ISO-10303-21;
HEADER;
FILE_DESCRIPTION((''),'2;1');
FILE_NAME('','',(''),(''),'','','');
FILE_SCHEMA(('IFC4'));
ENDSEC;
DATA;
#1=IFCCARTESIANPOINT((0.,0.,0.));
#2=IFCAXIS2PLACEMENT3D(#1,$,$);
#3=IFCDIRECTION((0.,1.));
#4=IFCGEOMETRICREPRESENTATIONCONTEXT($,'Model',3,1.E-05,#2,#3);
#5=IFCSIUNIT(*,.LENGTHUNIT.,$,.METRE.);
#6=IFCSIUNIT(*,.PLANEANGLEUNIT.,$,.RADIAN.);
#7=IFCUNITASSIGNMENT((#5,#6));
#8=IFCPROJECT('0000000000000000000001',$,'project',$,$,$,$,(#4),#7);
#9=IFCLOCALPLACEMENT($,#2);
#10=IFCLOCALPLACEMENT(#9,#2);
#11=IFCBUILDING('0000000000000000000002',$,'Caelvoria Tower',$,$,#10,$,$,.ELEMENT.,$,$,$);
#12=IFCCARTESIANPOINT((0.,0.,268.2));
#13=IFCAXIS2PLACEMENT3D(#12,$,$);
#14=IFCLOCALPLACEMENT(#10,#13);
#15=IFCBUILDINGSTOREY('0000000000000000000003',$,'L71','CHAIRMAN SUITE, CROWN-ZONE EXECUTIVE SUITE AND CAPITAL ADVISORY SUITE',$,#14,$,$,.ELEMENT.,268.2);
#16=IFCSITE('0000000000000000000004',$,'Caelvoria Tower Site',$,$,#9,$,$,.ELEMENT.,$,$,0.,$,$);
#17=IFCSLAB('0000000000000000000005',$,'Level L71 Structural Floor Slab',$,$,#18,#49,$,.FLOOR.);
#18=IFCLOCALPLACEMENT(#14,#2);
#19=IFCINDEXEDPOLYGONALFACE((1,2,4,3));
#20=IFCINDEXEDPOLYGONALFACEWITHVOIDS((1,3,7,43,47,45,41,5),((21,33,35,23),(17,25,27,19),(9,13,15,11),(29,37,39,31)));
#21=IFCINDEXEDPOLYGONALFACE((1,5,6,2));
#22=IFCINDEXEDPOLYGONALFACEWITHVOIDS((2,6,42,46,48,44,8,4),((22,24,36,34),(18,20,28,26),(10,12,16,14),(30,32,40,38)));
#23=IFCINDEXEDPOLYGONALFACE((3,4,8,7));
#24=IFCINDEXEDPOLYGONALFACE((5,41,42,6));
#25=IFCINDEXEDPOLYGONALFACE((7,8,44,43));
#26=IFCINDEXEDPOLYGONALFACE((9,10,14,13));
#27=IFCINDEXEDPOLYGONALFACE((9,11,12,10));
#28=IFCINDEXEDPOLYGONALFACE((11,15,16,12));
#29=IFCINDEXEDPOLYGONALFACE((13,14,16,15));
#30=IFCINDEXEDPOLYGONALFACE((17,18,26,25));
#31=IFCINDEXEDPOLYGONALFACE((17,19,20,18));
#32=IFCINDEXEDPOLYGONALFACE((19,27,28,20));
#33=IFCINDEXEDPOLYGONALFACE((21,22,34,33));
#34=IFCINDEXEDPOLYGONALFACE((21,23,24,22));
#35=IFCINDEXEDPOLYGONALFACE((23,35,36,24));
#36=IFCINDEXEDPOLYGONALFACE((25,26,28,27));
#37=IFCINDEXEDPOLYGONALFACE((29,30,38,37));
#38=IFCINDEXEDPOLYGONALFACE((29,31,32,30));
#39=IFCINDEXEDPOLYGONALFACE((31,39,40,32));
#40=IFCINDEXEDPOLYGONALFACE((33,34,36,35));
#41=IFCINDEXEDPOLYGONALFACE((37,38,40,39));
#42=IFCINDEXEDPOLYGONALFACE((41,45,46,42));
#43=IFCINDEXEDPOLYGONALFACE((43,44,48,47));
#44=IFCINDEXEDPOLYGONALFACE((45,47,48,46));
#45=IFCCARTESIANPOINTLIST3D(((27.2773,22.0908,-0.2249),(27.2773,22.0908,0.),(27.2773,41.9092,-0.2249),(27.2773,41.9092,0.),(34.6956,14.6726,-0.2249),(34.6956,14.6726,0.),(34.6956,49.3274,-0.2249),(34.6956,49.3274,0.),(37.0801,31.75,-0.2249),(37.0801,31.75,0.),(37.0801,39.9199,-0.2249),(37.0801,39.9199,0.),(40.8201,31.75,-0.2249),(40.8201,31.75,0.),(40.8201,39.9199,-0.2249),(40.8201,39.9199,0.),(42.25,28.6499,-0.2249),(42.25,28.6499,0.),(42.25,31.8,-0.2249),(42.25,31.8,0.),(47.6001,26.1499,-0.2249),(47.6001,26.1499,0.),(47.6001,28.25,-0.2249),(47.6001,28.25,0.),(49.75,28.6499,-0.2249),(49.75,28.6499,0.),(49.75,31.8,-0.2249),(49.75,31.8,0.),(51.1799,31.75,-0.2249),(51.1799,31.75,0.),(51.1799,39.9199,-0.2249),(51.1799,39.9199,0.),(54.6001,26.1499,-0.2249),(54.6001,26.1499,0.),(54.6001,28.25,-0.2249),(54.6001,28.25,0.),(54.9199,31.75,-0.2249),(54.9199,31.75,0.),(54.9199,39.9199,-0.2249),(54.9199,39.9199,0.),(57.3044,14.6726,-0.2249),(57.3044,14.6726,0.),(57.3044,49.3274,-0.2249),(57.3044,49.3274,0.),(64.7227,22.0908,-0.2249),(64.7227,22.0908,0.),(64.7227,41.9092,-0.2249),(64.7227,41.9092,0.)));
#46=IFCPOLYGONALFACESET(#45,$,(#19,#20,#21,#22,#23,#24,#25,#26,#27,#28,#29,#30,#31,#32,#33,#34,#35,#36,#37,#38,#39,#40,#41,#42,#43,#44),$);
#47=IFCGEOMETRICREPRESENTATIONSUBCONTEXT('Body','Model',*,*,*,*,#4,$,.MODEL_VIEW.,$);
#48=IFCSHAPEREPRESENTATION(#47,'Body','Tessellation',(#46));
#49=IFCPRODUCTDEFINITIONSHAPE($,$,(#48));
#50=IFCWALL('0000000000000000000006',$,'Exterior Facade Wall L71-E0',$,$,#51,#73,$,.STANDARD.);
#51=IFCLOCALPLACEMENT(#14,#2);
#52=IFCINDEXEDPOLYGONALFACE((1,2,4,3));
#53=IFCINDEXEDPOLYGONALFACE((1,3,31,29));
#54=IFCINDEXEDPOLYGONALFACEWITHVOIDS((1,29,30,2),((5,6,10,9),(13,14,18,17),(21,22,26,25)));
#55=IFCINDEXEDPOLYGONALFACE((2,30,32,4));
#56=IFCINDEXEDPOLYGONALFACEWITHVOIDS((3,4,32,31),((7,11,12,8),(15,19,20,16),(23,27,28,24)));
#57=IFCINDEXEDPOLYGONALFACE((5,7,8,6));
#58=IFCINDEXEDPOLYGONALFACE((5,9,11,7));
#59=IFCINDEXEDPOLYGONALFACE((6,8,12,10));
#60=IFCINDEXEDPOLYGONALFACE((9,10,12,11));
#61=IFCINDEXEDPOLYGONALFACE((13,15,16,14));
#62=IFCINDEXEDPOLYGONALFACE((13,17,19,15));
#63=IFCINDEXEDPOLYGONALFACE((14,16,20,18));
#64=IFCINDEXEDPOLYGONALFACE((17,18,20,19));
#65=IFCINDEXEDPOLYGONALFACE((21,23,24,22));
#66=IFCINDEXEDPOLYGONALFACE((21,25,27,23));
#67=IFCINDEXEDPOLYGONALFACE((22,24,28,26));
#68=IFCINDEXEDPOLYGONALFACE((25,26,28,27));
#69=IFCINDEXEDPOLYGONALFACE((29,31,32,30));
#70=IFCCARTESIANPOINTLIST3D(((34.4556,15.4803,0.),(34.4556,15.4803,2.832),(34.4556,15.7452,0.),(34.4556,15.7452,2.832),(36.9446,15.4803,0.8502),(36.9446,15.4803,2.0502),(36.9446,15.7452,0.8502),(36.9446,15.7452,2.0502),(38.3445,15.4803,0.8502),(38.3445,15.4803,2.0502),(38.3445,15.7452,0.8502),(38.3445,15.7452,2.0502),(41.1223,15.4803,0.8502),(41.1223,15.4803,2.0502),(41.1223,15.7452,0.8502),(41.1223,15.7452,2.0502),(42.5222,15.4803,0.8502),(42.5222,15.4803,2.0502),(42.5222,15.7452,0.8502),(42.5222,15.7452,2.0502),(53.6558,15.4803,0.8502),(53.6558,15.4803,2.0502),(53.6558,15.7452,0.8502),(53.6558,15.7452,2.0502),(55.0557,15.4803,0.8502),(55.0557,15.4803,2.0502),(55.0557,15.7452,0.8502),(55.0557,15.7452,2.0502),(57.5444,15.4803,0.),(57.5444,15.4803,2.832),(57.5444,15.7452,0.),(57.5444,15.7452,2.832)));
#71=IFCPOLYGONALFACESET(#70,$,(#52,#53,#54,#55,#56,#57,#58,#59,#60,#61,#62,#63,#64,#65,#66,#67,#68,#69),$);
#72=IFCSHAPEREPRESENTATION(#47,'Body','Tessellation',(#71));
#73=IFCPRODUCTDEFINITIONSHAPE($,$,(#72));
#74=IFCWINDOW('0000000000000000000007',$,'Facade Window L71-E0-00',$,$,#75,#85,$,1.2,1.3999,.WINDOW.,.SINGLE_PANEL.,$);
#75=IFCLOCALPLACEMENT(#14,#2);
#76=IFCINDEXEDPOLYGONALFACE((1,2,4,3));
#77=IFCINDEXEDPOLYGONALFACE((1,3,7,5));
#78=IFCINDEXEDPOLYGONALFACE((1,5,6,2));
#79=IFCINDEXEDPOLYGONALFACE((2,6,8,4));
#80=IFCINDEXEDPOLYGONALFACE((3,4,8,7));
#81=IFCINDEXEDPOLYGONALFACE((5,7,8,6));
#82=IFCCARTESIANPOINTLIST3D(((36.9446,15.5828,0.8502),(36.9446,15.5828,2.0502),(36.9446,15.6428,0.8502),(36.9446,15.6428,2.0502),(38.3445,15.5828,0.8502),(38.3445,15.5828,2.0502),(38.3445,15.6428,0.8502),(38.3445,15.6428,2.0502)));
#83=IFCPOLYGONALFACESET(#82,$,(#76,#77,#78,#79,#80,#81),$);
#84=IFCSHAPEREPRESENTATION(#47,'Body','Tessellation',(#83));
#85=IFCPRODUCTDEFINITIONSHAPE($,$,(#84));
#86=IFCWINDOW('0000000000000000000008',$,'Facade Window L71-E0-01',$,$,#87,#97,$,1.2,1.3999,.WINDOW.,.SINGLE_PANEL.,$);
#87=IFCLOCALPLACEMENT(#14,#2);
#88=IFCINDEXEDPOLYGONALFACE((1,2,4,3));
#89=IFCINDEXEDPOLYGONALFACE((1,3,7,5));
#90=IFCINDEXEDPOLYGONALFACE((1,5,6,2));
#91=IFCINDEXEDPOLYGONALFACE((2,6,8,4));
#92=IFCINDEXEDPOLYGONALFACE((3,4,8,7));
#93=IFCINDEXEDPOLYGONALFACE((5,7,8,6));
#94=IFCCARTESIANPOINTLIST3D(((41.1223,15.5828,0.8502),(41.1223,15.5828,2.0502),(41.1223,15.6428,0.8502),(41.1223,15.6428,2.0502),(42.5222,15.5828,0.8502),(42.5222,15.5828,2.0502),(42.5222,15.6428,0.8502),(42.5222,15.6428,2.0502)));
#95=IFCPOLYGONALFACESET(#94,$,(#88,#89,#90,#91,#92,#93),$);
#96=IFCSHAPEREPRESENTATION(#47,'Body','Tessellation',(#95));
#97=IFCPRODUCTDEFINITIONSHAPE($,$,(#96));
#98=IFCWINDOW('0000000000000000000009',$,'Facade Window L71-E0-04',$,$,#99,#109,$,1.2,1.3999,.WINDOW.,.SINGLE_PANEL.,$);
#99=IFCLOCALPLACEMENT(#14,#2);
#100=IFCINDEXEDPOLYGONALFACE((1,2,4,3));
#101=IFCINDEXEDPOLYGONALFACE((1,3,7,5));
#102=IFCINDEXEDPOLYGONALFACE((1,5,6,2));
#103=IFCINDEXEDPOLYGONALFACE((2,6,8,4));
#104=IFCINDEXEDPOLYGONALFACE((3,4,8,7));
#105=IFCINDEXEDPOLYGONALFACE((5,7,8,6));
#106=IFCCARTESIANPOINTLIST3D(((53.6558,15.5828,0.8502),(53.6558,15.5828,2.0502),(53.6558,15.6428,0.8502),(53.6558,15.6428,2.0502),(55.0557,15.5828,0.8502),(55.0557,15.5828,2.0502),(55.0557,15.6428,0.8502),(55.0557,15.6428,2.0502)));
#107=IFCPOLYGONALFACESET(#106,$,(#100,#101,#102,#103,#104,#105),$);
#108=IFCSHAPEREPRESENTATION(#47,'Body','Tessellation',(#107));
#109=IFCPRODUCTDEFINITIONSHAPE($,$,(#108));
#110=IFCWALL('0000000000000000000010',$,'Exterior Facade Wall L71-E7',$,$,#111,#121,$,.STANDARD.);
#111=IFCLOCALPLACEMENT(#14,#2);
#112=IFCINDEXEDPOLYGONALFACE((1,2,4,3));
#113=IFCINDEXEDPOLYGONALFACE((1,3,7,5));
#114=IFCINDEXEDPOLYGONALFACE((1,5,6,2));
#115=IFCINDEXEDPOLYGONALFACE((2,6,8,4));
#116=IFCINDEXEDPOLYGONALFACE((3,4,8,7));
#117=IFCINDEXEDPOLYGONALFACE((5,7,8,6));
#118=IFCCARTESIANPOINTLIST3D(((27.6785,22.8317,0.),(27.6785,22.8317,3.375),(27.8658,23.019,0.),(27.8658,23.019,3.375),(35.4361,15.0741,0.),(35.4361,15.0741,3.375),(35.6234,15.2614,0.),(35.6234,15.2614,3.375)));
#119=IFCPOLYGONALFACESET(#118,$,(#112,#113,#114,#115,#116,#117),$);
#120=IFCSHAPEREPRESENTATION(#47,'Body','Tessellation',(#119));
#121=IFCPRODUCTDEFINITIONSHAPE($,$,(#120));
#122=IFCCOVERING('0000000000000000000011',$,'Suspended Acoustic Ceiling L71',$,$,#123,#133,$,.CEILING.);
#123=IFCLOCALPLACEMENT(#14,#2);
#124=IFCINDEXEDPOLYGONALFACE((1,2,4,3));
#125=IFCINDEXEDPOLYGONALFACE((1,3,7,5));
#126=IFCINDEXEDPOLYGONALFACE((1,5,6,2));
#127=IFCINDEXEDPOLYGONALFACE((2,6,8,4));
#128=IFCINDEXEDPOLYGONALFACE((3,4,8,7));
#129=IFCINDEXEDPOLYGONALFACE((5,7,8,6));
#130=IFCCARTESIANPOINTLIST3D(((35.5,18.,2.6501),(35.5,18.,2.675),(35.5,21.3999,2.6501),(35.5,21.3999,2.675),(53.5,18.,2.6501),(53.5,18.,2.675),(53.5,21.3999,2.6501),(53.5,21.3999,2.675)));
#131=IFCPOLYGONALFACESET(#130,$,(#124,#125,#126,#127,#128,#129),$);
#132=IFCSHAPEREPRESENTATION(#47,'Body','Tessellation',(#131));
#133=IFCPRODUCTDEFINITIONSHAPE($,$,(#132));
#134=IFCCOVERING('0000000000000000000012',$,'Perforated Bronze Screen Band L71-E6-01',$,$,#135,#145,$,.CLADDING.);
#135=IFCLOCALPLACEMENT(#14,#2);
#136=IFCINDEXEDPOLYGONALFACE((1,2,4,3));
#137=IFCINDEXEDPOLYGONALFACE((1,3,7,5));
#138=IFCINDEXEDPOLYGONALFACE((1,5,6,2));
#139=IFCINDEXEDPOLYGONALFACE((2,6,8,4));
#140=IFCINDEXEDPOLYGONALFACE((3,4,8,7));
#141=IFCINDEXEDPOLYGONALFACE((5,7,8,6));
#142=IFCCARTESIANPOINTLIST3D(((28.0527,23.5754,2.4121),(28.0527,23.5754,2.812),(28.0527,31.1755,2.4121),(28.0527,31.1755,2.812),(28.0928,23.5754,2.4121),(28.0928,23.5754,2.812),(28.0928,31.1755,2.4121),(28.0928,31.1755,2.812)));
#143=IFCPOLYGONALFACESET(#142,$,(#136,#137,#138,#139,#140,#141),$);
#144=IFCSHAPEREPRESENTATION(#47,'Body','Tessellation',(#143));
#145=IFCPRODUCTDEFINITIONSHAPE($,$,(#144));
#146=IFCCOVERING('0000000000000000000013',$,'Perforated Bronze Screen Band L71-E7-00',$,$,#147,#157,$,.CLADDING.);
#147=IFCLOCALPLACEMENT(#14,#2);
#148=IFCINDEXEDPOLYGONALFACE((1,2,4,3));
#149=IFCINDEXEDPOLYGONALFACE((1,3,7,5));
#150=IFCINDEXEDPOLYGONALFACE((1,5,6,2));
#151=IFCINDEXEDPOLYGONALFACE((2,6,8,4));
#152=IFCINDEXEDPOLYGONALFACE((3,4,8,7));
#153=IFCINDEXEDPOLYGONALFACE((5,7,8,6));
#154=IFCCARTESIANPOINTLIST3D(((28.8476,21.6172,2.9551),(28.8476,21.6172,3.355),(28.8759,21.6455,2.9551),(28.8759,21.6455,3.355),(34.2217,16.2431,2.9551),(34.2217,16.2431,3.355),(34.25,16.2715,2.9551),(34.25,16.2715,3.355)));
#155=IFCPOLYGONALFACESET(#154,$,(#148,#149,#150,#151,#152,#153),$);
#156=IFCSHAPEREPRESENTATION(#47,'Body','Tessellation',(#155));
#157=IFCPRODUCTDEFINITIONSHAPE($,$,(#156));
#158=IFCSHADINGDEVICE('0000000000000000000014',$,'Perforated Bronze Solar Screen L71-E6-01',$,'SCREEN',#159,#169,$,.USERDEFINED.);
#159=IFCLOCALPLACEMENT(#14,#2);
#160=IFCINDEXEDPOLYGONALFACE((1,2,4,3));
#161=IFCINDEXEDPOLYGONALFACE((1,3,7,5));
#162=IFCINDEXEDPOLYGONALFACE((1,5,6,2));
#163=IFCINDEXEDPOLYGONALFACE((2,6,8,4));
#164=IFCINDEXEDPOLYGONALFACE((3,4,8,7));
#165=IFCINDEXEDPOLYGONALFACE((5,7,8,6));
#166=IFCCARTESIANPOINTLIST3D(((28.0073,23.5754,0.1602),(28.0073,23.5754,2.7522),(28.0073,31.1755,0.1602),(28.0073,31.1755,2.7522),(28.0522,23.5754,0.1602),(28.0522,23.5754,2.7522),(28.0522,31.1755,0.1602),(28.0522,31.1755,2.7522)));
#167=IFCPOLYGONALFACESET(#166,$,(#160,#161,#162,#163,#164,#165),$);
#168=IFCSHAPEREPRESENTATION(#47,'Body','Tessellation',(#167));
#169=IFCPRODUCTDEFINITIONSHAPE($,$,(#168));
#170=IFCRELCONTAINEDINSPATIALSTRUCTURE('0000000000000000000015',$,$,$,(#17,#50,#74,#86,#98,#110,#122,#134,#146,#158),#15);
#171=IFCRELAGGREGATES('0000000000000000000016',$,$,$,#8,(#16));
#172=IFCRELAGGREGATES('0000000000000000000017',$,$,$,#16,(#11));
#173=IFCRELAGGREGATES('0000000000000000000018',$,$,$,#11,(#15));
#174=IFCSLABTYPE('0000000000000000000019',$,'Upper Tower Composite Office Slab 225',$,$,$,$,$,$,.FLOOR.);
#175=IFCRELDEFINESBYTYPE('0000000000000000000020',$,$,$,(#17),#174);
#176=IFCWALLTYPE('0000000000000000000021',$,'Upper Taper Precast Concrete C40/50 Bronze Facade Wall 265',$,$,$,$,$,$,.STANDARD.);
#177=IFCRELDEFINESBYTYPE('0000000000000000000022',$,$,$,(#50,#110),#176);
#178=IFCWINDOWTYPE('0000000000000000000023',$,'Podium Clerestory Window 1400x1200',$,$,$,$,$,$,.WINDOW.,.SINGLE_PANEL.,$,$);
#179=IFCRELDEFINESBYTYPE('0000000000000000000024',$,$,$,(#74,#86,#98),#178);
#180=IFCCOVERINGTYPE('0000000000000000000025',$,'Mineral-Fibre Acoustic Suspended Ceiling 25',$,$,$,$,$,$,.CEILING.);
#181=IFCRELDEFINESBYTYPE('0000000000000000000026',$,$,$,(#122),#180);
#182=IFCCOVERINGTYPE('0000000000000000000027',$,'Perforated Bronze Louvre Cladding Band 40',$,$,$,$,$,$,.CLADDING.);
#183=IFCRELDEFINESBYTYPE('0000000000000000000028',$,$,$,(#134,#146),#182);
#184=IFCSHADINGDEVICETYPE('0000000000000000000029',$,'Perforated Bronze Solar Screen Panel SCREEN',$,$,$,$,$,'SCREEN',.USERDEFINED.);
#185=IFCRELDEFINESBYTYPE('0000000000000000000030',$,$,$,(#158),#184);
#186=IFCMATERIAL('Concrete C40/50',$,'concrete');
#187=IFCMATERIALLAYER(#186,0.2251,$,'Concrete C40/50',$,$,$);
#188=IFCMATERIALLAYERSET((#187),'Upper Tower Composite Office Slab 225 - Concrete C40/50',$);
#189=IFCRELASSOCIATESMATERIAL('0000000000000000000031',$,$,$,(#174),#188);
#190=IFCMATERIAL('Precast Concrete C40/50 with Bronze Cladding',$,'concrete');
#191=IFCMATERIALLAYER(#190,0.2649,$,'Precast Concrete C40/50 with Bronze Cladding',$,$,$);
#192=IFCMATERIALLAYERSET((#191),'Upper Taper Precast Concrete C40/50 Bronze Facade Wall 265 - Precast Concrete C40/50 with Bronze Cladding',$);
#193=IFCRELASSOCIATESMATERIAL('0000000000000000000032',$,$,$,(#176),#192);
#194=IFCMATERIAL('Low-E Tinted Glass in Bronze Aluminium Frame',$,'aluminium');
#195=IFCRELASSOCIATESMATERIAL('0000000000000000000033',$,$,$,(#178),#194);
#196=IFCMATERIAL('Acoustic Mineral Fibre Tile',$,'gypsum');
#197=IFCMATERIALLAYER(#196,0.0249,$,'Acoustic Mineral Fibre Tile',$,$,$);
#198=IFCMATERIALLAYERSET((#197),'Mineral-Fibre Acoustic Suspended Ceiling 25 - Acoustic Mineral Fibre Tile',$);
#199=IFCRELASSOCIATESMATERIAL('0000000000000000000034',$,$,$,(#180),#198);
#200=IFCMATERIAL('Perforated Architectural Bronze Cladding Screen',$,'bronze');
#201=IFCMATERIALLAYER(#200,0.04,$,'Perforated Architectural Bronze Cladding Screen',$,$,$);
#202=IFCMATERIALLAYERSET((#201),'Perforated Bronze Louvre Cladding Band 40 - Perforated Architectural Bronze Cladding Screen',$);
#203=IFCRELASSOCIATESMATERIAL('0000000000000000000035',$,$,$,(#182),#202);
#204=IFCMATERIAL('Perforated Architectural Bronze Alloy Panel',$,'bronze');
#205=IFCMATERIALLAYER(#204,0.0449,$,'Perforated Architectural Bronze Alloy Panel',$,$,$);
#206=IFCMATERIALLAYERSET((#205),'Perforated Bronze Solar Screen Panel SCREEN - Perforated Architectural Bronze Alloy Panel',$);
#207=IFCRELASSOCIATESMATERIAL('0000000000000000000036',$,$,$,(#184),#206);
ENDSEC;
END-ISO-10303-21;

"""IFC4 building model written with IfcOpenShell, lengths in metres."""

from ifc_helpers import new_model, si_unit, direction, frame, frame_2d, origin, origin_2d, place, context, subcontext, project, spatial, polyline, rectangle, outline, extrude, material, layer, layer_set, type_object, element, fill, save


model = new_model("IFC4")

# Units and contexts
model_context = context("Model", 3, precision=1e-05, world=origin(), true_north=direction((0.0, 1.0)))
body_context = subcontext(model_context, "Body", "Model", "MODEL_VIEW")
ifc_project = project(units=[si_unit("LENGTHUNIT", "METRE"), si_unit("PLANEANGLEUNIT", "RADIAN")], contexts=[model_context])

# Site, building, storey
site_placement = place(None, origin())
site = spatial("IfcSite", under=ifc_project, at=site_placement, Name="Caelvoria Tower Site", CompositionType="ELEMENT", RefElevation=0.0)
building_placement = place(site_placement, origin())
building = spatial("IfcBuilding", under=site, at=building_placement, Name="Caelvoria Tower", CompositionType="ELEMENT")
storey_placement = place(building_placement, frame((0.0, 0.0, 268.2)))
storey = spatial("IfcBuildingStorey", under=building, at=storey_placement, Name="L71", Description="CHAIRMAN SUITE, CROWN-ZONE EXECUTIVE SUITE AND CAPITAL ADVISORY SUITE", CompositionType="ELEMENT", Elevation=268.2)

# Shared definitions
ifc_material_1 = material(Name="Concrete C40/50", Category="concrete")

# Slab
ifc_layer_1 = layer(ifc_material_1, 0.2251, Name="Concrete C40/50")
ifc_layer_set_1 = layer_set([ifc_layer_1], Name="Upper Tower Composite Office Slab 225 - Concrete C40/50")
slab_type_1 = type_object("IfcSlabType", Name="Upper Tower Composite Office Slab 225", PredefinedType="FLOOR", material=ifc_layer_set_1)
slab_1_placement = place(storey_placement, frame((0.0, 0.0, -0.2249)))
element("IfcSlab", 1, at=slab_1_placement, inside=storey, type_object=slab_type_1, Name="Level L71 Structural Floor Slab", PredefinedType="FLOOR", context=body_context, shape_type="SweptSolid", body=[
    extrude(outline(polyline([(34.6956, 14.6726), (57.3044, 14.6726), (64.7227, 22.0908), (64.7227, 41.9092), (57.3044, 49.3274), (34.6956, 49.3274), (27.2773, 41.9092), (27.2773, 22.0908), (34.6956, 14.6726)]), holes=[polyline([(37.0801, 31.75), (40.8201, 31.75), (40.8201, 39.9199), (37.0801, 39.9199), (37.0801, 31.75)]), polyline([(51.1799, 31.75), (54.9199, 31.75), (54.9199, 39.9199), (51.1799, 39.9199), (51.1799, 31.75)]), polyline([(42.25, 28.6499), (49.75, 28.6499), (49.75, 31.8), (42.25, 31.8), (42.25, 28.6499)]), polyline([(47.6001, 26.1499), (54.6001, 26.1499), (54.6001, 28.25), (47.6001, 28.25), (47.6001, 26.1499)])]), origin(), (0.0, 0.0, 1.0), 0.2249),
])

# Wall, openings, windows
ifc_material_2 = material(Name="Precast Concrete C40/50 with Bronze Cladding", Category="concrete")
ifc_layer_2 = layer(ifc_material_2, 0.2649, Name="Precast Concrete C40/50 with Bronze Cladding")
ifc_layer_set_2 = layer_set([ifc_layer_2], Name="Upper Taper Precast Concrete C40/50 Bronze Facade Wall 265 - Precast Concrete C40/50 with Bronze Cladding")
wall_type = type_object("IfcWallType", Name="Upper Taper Precast Concrete C40/50 Bronze Facade Wall 265", PredefinedType="STANDARD", material=ifc_layer_set_2)
wall_1_placement = place(storey_placement, frame((34.4556, 15.6128, 0.0), z_axis=(0.0, 0.0, 1.0), x_axis=(1.0, 0.0, 0.0)))
wall_1 = element("IfcWall", 2, at=wall_1_placement, inside=storey, type_object=wall_type, Name="Exterior Facade Wall L71-E0", PredefinedType="STANDARD", context=body_context, shape_type="SweptSolid", body=[
    extrude(rectangle(XDim=23.0889, YDim=0.2649, at=frame_2d((11.5444, 0.0))), origin(), (0.0, 0.0, 1.0), 2.832),
])
opening_1_placement = place(wall_1_placement, frame((2.489, 0.0, 0.8501)))
opening_1 = element("IfcOpeningElement", 3, at=opening_1_placement, cuts=wall_1, PredefinedType="OPENING", context=body_context, shape_type="SweptSolid", body=[
    extrude(rectangle(XDim=1.3999, YDim=1.2, at=frame_2d((0.7, 0.6001))), frame((0.0, 0.1423, 0.0), z_axis=(0.0, -1.0, 0.0), x_axis=(1.0, 0.0, 0.0)), (0.0, 0.0, 1.0), 0.2849),
])
opening_2_placement = place(wall_1_placement, frame((6.6667, 0.0, 0.8501)))
opening_2 = element("IfcOpeningElement", 4, at=opening_2_placement, cuts=wall_1, PredefinedType="OPENING", context=body_context, shape_type="SweptSolid", body=[
    extrude(rectangle(XDim=1.3999, YDim=1.2, at=frame_2d((0.7, 0.6001))), frame((0.0, 0.1423, 0.0), z_axis=(0.0, -1.0, 0.0), x_axis=(1.0, 0.0, 0.0)), (0.0, 0.0, 1.0), 0.2849),
])
opening_3_placement = place(wall_1_placement, frame((19.2002, 0.0, 0.8501)))
opening_3 = element("IfcOpeningElement", 5, at=opening_3_placement, cuts=wall_1, PredefinedType="OPENING", context=body_context, shape_type="SweptSolid", body=[
    extrude(rectangle(XDim=1.3999, YDim=1.2, at=frame_2d((0.7, 0.6001))), frame((0.0, 0.1423, 0.0), z_axis=(0.0, -1.0, 0.0), x_axis=(1.0, 0.0, 0.0)), (0.0, 0.0, 1.0), 0.2849),
])
ifc_material_3 = material(Name="Low-E Tinted Glass in Bronze Aluminium Frame", Category="aluminium")
window_type = type_object("IfcWindowType", Name="Podium Clerestory Window 1400x1200", PartitioningType="SINGLE_PANEL", PredefinedType="WINDOW", material=ifc_material_3)
window_1_placement = place(opening_1_placement, origin())
window_1 = element("IfcWindow", 6, at=window_1_placement, inside=storey, type_object=window_type, Name="Facade Window L71-E0-00", OverallHeight=1.2, OverallWidth=1.3999, PartitioningType="SINGLE_PANEL", PredefinedType="WINDOW", context=body_context, shape_type="SweptSolid", body=[
    extrude(rectangle(XDim=1.3999, YDim=1.2, at=frame_2d((0.7, 0.6001))), frame((0.0, 0.03, 0.0), z_axis=(0.0, -1.0, 0.0), x_axis=(1.0, 0.0, 0.0)), (0.0, 0.0, 1.0), 0.0601),
])
fill(opening_1, window_1)
window_2_placement = place(opening_2_placement, origin())
window_2 = element("IfcWindow", 7, at=window_2_placement, inside=storey, type_object=window_type, Name="Facade Window L71-E0-01", OverallHeight=1.2, OverallWidth=1.3999, PartitioningType="SINGLE_PANEL", PredefinedType="WINDOW", context=body_context, shape_type="SweptSolid", body=[
    extrude(rectangle(XDim=1.3999, YDim=1.2, at=frame_2d((0.7, 0.6001))), frame((0.0, 0.03, 0.0), z_axis=(0.0, -1.0, 0.0), x_axis=(1.0, 0.0, 0.0)), (0.0, 0.0, 1.0), 0.0601),
])
fill(opening_2, window_2)
window_3_placement = place(opening_3_placement, origin())
window_3 = element("IfcWindow", 8, at=window_3_placement, inside=storey, type_object=window_type, Name="Facade Window L71-E0-04", OverallHeight=1.2, OverallWidth=1.3999, PartitioningType="SINGLE_PANEL", PredefinedType="WINDOW", context=body_context, shape_type="SweptSolid", body=[
    extrude(rectangle(XDim=1.3999, YDim=1.2, at=frame_2d((0.7, 0.6001))), frame((0.0, 0.03, 0.0), z_axis=(0.0, -1.0, 0.0), x_axis=(1.0, 0.0, 0.0)), (0.0, 0.0, 1.0), 0.0601),
])
fill(opening_3, window_3)

# Wall
wall_2_placement = place(storey_placement, frame((27.7722, 22.9253, 0.0), z_axis=(0.0, 0.0, 1.0), x_axis=(0.707107, -0.707107, 0.0)))
element("IfcWall", 9, at=wall_2_placement, inside=storey, type_object=wall_type, Name="Exterior Facade Wall L71-E7", PredefinedType="STANDARD", context=body_context, shape_type="SweptSolid", body=[
    extrude(rectangle(XDim=10.9709, YDim=0.2649, at=frame_2d((5.4854, 0.0))), origin(), (0.0, 0.0, 1.0), 3.375),
])

# Coverings
ifc_material_4 = material(Name="Acoustic Mineral Fibre Tile", Category="gypsum")
ifc_layer_3 = layer(ifc_material_4, 0.0249, Name="Acoustic Mineral Fibre Tile")
ifc_layer_set_3 = layer_set([ifc_layer_3], Name="Mineral-Fibre Acoustic Suspended Ceiling 25 - Acoustic Mineral Fibre Tile")
covering_type_1 = type_object("IfcCoveringType", Name="Mineral-Fibre Acoustic Suspended Ceiling 25", PredefinedType="CEILING", material=ifc_layer_set_3)
covering_1_placement = place(storey_placement, frame((0.0, 0.0, 2.6501)))
element("IfcCovering", 10, at=covering_1_placement, inside=storey, type_object=covering_type_1, Name="Suspended Acoustic Ceiling L71", PredefinedType="CEILING", context=body_context, shape_type="SweptSolid", body=[
    extrude(outline(polyline([(35.5, 18.0), (53.5, 18.0), (53.5, 21.3999), (35.5, 21.3999), (35.5, 18.0)])), origin(), (0.0, 0.0, 1.0), 0.0249),
])
ifc_material_5 = material(Name="Perforated Architectural Bronze Cladding Screen", Category="bronze")
ifc_layer_4 = layer(ifc_material_5, 0.04, Name="Perforated Architectural Bronze Cladding Screen")
ifc_layer_set_4 = layer_set([ifc_layer_4], Name="Perforated Bronze Louvre Cladding Band 40 - Perforated Architectural Bronze Cladding Screen")
covering_type_2 = type_object("IfcCoveringType", Name="Perforated Bronze Louvre Cladding Band 40", PredefinedType="CLADDING", material=ifc_layer_set_4)
for number, where, z_axis, x_axis, name in (
    (11, (28.0728, 27.3755, 2.4121), (0.0, 0.0, 1.0), (0.0, -1.0, 0.0), "Perforated Bronze Screen Band L71-E6-01"),
    (12, (31.5488, 18.9443, 2.9551), (0.0, 0.0, 1.0), (0.707107, -0.707107, 0.0), "Perforated Bronze Screen Band L71-E7-00"),
):
    element("IfcCovering", number, at=place(storey_placement, frame(where, z_axis=z_axis, x_axis=x_axis)), inside=storey, type_object=covering_type_2, Name=name, PredefinedType="CLADDING", context=body_context, shape_type="SweptSolid", body=[
        extrude(rectangle(XDim=7.6001, YDim=0.04, at=origin_2d()), origin(), (0.0, 0.0, 1.0), 0.3999),
    ])

# Shading device
ifc_material_6 = material(Name="Perforated Architectural Bronze Alloy Panel", Category="bronze")
ifc_layer_5 = layer(ifc_material_6, 0.0449, Name="Perforated Architectural Bronze Alloy Panel")
ifc_layer_set_5 = layer_set([ifc_layer_5], Name="Perforated Bronze Solar Screen Panel SCREEN - Perforated Architectural Bronze Alloy Panel")
shading_device_type = type_object("IfcShadingDeviceType", Name="Perforated Bronze Solar Screen Panel SCREEN", ElementType="SCREEN", PredefinedType="USERDEFINED", material=ifc_layer_set_5)
shading_device_1_placement = place(storey_placement, frame((28.0298, 27.3755, 0.1602), z_axis=(0.0, 0.0, 1.0), x_axis=(0.0, -1.0, 0.0)))
element("IfcShadingDevice", 13, at=shading_device_1_placement, inside=storey, type_object=shading_device_type, Name="Perforated Bronze Solar Screen L71-E6-01", ObjectType="SCREEN", PredefinedType="USERDEFINED", context=body_context, shape_type="SweptSolid", body=[
    extrude(rectangle(XDim=7.6001, YDim=0.0449, at=origin_2d()), origin(), (0.0, 0.0, 1.0), 2.592),
])

save(model, "model.ifc")
